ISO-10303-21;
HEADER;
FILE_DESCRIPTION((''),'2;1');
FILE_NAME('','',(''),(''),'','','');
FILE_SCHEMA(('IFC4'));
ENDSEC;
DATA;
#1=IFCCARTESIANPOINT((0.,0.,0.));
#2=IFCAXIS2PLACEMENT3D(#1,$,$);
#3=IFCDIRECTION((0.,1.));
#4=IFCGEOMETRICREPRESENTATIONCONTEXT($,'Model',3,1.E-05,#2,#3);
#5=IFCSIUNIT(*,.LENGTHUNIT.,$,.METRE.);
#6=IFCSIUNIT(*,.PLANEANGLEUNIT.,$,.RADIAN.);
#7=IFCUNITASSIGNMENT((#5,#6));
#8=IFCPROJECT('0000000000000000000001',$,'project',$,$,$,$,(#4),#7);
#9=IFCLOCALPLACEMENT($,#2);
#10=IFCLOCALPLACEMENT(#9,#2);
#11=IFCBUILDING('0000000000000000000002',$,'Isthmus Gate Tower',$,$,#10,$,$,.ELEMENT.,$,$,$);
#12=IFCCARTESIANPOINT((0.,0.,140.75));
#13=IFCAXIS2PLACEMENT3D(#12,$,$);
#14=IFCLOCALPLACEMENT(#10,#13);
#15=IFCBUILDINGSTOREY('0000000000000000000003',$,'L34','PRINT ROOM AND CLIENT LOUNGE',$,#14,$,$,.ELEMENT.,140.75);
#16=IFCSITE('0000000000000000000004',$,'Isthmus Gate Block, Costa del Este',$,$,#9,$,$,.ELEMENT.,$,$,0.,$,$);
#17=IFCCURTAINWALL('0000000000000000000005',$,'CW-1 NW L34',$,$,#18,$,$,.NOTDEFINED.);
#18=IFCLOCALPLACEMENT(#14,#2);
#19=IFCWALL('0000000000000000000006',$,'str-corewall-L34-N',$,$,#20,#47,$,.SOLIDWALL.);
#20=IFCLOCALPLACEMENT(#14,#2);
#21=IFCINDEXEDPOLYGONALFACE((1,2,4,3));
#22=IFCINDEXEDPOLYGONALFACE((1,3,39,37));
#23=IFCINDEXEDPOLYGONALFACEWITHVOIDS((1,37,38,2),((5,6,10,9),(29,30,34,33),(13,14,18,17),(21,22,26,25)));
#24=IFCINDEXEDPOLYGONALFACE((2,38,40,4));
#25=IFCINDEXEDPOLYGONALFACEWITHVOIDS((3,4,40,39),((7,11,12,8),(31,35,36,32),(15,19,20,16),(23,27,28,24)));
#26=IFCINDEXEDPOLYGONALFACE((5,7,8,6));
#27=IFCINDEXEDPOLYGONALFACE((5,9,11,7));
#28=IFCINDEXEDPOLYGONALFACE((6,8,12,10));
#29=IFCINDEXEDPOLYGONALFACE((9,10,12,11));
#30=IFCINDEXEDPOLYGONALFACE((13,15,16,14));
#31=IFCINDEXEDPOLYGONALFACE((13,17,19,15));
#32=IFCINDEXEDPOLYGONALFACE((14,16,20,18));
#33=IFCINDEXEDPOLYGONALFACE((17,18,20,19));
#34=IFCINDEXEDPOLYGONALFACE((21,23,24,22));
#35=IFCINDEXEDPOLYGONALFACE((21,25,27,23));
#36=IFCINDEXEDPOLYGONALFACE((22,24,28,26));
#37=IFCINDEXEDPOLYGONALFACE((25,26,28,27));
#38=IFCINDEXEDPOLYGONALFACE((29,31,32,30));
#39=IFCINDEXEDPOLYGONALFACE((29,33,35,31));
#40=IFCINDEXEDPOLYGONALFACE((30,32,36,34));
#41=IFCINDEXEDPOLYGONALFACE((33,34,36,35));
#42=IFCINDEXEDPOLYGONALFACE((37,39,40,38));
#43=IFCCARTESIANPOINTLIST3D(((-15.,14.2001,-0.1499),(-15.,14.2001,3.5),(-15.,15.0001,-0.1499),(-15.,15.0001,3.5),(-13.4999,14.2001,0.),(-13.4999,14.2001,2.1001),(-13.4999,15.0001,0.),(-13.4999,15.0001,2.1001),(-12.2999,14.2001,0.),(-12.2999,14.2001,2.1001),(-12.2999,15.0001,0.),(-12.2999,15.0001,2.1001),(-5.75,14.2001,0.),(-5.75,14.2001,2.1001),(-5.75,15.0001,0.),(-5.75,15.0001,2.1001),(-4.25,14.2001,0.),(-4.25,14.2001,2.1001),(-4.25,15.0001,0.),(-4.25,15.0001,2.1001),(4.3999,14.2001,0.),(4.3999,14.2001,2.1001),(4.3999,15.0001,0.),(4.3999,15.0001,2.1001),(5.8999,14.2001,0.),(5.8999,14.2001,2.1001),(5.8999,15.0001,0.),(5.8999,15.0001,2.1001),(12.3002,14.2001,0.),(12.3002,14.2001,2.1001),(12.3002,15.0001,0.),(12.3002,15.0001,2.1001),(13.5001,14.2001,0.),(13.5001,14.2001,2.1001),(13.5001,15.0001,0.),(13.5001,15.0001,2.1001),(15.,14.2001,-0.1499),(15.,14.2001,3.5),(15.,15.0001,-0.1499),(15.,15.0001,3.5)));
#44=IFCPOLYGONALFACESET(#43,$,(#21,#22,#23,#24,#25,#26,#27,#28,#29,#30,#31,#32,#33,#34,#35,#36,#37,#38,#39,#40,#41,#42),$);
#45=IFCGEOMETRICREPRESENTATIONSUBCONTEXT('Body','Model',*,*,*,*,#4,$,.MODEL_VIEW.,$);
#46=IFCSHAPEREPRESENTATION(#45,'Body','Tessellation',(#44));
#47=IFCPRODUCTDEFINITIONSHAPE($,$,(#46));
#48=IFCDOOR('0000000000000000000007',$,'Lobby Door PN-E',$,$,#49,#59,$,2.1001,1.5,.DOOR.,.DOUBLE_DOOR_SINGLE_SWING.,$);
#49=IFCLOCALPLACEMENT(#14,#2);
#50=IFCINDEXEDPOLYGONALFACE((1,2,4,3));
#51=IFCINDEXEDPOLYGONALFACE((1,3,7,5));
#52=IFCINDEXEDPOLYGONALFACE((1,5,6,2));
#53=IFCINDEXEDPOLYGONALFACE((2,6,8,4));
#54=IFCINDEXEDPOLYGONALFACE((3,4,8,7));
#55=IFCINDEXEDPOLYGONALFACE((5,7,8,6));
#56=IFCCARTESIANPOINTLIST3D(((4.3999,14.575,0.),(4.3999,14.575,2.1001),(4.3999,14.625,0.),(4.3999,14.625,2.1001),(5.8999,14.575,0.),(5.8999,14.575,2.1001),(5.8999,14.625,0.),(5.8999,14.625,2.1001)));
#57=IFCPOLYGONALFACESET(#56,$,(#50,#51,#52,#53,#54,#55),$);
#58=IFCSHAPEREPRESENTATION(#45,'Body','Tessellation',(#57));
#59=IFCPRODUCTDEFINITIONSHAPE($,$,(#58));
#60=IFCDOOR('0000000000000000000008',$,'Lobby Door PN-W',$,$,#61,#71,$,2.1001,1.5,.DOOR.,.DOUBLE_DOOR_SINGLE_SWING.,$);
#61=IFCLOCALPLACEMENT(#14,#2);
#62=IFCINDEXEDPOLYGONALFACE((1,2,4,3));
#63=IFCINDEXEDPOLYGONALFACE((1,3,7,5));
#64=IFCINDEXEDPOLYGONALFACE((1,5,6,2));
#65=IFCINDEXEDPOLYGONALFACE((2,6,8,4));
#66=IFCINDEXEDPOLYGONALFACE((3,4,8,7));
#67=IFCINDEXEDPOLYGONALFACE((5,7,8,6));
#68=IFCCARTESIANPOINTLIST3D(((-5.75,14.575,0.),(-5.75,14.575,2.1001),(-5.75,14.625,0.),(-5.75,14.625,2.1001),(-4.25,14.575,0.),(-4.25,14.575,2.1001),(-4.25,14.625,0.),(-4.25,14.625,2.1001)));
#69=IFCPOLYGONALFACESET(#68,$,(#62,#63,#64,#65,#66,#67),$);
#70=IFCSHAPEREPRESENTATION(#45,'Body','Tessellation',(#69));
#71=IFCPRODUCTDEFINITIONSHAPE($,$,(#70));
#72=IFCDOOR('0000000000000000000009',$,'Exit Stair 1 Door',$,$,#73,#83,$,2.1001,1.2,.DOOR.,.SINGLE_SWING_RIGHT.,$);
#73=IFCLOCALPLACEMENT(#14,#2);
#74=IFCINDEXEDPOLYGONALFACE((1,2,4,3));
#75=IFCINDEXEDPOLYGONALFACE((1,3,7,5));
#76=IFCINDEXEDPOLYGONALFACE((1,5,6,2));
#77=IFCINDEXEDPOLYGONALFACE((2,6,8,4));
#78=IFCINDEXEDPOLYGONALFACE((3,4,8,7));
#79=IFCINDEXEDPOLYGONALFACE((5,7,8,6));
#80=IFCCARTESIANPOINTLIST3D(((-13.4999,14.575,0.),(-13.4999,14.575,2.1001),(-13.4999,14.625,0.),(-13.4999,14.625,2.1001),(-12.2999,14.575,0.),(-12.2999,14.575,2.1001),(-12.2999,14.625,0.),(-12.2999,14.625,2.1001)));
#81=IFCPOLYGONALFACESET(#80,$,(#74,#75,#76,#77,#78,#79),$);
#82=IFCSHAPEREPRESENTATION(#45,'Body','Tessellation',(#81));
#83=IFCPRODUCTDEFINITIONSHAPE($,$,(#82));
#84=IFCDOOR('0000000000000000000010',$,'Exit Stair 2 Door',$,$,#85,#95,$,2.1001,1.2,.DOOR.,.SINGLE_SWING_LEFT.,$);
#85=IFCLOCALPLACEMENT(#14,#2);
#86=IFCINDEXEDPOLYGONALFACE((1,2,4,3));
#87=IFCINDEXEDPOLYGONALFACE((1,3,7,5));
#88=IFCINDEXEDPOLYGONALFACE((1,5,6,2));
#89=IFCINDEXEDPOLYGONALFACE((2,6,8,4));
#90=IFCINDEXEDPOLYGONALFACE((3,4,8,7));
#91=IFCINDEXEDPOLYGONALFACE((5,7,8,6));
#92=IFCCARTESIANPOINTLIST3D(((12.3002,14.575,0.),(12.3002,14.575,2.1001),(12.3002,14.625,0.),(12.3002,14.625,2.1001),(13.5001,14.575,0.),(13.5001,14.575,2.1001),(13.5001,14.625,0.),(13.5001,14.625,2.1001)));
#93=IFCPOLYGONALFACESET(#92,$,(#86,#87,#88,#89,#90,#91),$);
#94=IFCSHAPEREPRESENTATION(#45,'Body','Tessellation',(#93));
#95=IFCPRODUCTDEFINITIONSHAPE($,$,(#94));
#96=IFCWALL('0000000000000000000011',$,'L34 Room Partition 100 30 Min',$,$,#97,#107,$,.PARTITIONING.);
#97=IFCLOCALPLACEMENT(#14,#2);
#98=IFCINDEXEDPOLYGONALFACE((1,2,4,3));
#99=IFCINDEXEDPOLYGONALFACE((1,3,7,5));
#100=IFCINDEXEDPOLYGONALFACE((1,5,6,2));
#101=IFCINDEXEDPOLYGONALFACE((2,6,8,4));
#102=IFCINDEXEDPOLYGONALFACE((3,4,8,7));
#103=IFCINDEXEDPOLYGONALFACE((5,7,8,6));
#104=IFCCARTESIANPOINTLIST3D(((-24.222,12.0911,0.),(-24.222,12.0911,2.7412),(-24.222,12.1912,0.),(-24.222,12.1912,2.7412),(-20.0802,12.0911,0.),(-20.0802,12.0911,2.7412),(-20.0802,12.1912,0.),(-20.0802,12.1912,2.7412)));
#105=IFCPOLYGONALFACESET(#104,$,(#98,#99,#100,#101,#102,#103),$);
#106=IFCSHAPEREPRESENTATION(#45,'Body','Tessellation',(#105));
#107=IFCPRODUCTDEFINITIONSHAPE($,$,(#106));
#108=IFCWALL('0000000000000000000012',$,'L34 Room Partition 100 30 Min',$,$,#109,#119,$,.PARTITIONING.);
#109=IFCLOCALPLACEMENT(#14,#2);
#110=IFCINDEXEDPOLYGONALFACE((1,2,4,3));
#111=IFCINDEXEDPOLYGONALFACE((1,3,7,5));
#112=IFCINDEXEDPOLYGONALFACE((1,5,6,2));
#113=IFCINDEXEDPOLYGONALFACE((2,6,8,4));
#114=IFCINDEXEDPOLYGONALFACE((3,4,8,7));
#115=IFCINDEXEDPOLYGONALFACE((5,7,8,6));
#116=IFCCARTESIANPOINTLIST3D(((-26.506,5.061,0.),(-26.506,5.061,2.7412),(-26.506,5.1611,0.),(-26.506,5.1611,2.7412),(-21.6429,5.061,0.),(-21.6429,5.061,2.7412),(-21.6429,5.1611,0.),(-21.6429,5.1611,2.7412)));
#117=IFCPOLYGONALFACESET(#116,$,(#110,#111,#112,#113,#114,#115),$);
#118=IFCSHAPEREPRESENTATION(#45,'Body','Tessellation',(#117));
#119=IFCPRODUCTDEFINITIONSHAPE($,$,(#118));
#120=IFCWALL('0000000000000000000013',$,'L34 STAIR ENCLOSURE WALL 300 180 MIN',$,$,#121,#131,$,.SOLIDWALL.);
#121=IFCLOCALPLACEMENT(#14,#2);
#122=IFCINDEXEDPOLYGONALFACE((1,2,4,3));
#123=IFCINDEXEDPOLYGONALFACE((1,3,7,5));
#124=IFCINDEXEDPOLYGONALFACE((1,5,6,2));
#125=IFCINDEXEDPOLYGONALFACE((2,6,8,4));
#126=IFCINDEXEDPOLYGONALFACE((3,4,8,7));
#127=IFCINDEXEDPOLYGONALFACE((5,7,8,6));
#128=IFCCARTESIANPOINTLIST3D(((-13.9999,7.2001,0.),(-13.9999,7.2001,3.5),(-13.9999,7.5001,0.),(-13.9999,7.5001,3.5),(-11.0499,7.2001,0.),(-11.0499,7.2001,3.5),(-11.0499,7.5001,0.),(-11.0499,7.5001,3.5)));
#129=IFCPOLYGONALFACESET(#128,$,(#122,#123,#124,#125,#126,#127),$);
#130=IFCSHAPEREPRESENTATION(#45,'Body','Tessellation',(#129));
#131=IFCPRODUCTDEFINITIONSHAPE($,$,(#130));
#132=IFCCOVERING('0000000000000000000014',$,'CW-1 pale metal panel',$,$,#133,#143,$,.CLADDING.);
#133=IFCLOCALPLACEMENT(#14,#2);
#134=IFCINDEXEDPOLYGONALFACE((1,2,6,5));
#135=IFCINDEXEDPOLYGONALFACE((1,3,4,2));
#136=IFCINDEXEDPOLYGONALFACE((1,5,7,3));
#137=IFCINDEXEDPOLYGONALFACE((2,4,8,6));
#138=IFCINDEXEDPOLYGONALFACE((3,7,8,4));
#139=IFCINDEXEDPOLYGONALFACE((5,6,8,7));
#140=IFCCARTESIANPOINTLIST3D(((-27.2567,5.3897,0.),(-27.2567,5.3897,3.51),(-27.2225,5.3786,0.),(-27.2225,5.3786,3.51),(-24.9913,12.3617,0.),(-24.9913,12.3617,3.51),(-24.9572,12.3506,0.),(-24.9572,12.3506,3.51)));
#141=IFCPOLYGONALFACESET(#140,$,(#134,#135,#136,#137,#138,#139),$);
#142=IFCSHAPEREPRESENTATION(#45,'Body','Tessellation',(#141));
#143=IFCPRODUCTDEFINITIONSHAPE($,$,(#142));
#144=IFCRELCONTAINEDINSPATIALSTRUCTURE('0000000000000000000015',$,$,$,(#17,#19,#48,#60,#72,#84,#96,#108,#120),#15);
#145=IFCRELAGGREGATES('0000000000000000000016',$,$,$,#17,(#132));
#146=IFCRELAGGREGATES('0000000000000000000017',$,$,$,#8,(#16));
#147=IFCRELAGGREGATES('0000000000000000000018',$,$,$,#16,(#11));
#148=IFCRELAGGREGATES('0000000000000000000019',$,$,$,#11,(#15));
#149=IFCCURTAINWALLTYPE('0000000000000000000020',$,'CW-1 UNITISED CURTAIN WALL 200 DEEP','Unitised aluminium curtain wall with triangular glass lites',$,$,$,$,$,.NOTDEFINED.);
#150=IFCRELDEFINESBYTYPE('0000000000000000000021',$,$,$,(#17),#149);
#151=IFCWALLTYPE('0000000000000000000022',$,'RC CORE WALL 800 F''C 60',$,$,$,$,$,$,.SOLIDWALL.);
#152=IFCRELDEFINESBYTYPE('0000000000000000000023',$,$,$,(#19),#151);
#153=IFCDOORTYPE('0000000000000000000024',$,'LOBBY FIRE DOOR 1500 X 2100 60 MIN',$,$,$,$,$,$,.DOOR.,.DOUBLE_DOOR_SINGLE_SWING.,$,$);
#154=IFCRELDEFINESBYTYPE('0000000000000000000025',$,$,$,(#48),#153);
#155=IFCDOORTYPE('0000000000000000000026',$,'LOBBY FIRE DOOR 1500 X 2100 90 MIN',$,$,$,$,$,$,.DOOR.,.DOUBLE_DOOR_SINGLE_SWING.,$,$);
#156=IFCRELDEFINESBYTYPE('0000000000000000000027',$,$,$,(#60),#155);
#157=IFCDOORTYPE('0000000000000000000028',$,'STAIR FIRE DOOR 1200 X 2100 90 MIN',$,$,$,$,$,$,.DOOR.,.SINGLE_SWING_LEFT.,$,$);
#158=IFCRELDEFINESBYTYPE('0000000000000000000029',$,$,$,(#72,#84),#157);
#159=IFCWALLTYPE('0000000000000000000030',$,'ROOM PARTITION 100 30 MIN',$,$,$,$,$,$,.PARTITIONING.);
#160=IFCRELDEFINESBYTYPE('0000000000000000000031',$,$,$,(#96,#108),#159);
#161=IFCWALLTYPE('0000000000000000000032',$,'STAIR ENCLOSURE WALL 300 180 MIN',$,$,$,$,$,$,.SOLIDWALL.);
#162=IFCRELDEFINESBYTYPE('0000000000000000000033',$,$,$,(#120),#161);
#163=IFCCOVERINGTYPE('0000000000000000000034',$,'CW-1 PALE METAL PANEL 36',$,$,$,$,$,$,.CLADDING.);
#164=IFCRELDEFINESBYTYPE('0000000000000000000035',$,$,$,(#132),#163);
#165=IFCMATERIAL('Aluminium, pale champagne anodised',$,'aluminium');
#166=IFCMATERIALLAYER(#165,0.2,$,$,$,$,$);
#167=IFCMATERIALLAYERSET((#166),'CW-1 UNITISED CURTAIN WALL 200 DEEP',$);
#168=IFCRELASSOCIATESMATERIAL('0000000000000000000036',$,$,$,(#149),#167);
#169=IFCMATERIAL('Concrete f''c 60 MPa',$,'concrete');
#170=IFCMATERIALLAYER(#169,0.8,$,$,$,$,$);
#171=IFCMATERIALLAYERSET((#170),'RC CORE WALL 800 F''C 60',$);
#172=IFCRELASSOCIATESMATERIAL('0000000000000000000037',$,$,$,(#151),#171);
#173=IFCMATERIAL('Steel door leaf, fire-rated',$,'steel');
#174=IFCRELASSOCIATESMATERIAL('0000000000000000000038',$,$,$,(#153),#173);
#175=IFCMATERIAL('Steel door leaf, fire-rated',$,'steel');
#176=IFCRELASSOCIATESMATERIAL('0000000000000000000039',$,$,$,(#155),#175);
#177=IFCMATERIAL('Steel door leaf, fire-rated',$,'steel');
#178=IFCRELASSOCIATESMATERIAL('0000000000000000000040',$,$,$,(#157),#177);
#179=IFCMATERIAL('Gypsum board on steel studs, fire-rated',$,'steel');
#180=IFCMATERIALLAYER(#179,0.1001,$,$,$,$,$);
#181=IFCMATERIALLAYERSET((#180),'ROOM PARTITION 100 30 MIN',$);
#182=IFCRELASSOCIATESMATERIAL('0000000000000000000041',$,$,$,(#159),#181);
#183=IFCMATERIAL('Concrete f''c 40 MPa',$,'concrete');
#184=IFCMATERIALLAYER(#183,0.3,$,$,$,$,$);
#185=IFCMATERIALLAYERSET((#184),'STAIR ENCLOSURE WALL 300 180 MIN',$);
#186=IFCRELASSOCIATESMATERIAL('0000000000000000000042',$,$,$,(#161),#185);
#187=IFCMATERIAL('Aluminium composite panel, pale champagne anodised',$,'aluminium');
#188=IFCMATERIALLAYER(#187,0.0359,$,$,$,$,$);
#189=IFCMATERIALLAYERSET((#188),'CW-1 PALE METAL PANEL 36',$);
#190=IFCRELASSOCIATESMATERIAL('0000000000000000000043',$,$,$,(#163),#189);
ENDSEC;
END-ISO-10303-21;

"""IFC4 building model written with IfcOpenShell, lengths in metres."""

from ifc_helpers import new_model, si_unit, direction, frame, frame_2d, origin, origin_2d, place, context, subcontext, project, spatial, rectangle, extrude, material, layer, layer_set, type_object, element, fill, aggregate, save


model = new_model("IFC4")

# Units and contexts
model_context = context("Model", 3, precision=1e-05, world=origin(), true_north=direction((0.0, 1.0)))
body_context = subcontext(model_context, "Body", "Model", "MODEL_VIEW")
ifc_project = project(units=[si_unit("LENGTHUNIT", "METRE"), si_unit("PLANEANGLEUNIT", "RADIAN")], contexts=[model_context])

# Site, building, storey
site_placement = place(None, origin())
site = spatial("IfcSite", under=ifc_project, at=site_placement, Name="Isthmus Gate Block, Costa del Este", CompositionType="ELEMENT", RefElevation=0.0)
building_placement = place(site_placement, origin())
building = spatial("IfcBuilding", under=site, at=building_placement, Name="Isthmus Gate Tower", CompositionType="ELEMENT")
storey_placement = place(building_placement, frame((0.0, 0.0, 140.75)))
storey = spatial("IfcBuildingStorey", under=building, at=storey_placement, Name="L34", Description="PRINT ROOM AND CLIENT LOUNGE", CompositionType="ELEMENT", Elevation=140.75)

# Curtain wall
ifc_material_1 = material(Name="Aluminium, pale champagne anodised", Category="aluminium")
ifc_layer_1 = layer(ifc_material_1, 0.2)
ifc_layer_set_1 = layer_set([ifc_layer_1], Name="CW-1 UNITISED CURTAIN WALL 200 DEEP")
curtain_wall_type = type_object("IfcCurtainWallType", Name="CW-1 UNITISED CURTAIN WALL 200 DEEP", Description="Unitised aluminium curtain wall with triangular glass lites", PredefinedType="NOTDEFINED", material=ifc_layer_set_1)
curtain_wall_placement = place(storey_placement, origin())
curtain_wall = element("IfcCurtainWall", 1, at=curtain_wall_placement, inside=storey, type_object=curtain_wall_type, Name="CW-1 NW L34", PredefinedType="NOTDEFINED")

# Wall, openings, doors
ifc_material_2 = material(Name="Concrete f'c 60 MPa", Category="concrete")
ifc_layer_2 = layer(ifc_material_2, 0.8)
ifc_layer_set_2 = layer_set([ifc_layer_2], Name="RC CORE WALL 800 F'C 60")
wall_type_1 = type_object("IfcWallType", Name="RC CORE WALL 800 F'C 60", PredefinedType="SOLIDWALL", material=ifc_layer_set_2)
wall_1_placement = place(storey_placement, frame((-15.0, 14.6001, -0.1499), z_axis=(0.0, 0.0, 1.0), x_axis=(1.0, 0.0, 0.0)))
wall_1 = element("IfcWall", 2, at=wall_1_placement, inside=storey, type_object=wall_type_1, Name="str-corewall-L34-N", PredefinedType="SOLIDWALL", context=body_context, shape_type="SweptSolid", body=[
    extrude(rectangle(XDim=30.0, YDim=0.8, at=frame_2d((15.0, 0.0))), origin(), (0.0, 0.0, 1.0), 3.6499),
])
opening_1_placement = place(wall_1_placement, frame((9.25, 0.0, 0.1499)))
opening_1 = element("IfcOpeningElement", 3, at=opening_1_placement, cuts=wall_1, PredefinedType="OPENING", context=body_context, shape_type="SweptSolid", body=[
    extrude(rectangle(XDim=1.5, YDim=2.1001, at=frame_2d((0.75, 1.05))), frame((0.0, 0.4099, 0.0), z_axis=(0.0, -1.0, 0.0), x_axis=(1.0, 0.0, 0.0)), (0.0, 0.0, 1.0), 0.8201),
])
opening_2_placement = place(wall_1_placement, frame((19.3999, 0.0, 0.1499)))
opening_2 = element("IfcOpeningElement", 4, at=opening_2_placement, cuts=wall_1, PredefinedType="OPENING", context=body_context, shape_type="SweptSolid", body=[
    extrude(rectangle(XDim=1.5, YDim=2.1001, at=frame_2d((0.75, 1.05))), frame((0.0, 0.4099, 0.0), z_axis=(0.0, -1.0, 0.0), x_axis=(1.0, 0.0, 0.0)), (0.0, 0.0, 1.0), 0.8201),
])
opening_3_placement = place(wall_1_placement, frame((1.5, 0.0, 0.1499)))
opening_3 = element("IfcOpeningElement", 5, at=opening_3_placement, cuts=wall_1, PredefinedType="OPENING", context=body_context, shape_type="SweptSolid", body=[
    extrude(rectangle(XDim=1.2, YDim=2.1001, at=frame_2d((0.6001, 1.05))), frame((0.0, 0.4099, 0.0), z_axis=(0.0, -1.0, 0.0), x_axis=(1.0, 0.0, 0.0)), (0.0, 0.0, 1.0), 0.8201),
])
opening_4_placement = place(wall_1_placement, frame((27.3, 0.0, 0.1499)))
opening_4 = element("IfcOpeningElement", 6, at=opening_4_placement, cuts=wall_1, PredefinedType="OPENING", context=body_context, shape_type="SweptSolid", body=[
    extrude(rectangle(XDim=1.2, YDim=2.1001, at=frame_2d((0.6001, 1.05))), frame((0.0, 0.4099, 0.0), z_axis=(0.0, -1.0, 0.0), x_axis=(1.0, 0.0, 0.0)), (0.0, 0.0, 1.0), 0.8201),
])
ifc_material_3 = material(Name="Steel door leaf, fire-rated", Category="steel")
door_type_1 = type_object("IfcDoorType", Name="LOBBY FIRE DOOR 1500 X 2100 60 MIN", OperationType="DOUBLE_DOOR_SINGLE_SWING", PredefinedType="DOOR", material=ifc_material_3)
door_1_placement = place(opening_2_placement, origin())
door_1 = element("IfcDoor", 7, at=door_1_placement, inside=storey, type_object=door_type_1, Name="Lobby Door PN-E", OperationType="DOUBLE_DOOR_SINGLE_SWING", OverallHeight=2.1001, OverallWidth=1.5, PredefinedType="DOOR", context=body_context, shape_type="SweptSolid", body=[
    extrude(rectangle(XDim=1.5, YDim=2.1001, at=frame_2d((0.75, 1.05))), frame((0.0, 0.0249, 0.0), z_axis=(0.0, -1.0, 0.0), x_axis=(1.0, 0.0, 0.0)), (0.0, 0.0, 1.0), 0.05),
])
fill(opening_2, door_1)
ifc_material_4 = material(Name="Steel door leaf, fire-rated", Category="steel")
door_type_2 = type_object("IfcDoorType", Name="LOBBY FIRE DOOR 1500 X 2100 90 MIN", OperationType="DOUBLE_DOOR_SINGLE_SWING", PredefinedType="DOOR", material=ifc_material_4)
door_2_placement = place(opening_1_placement, origin())
door_2 = element("IfcDoor", 8, at=door_2_placement, inside=storey, type_object=door_type_2, Name="Lobby Door PN-W", OperationType="DOUBLE_DOOR_SINGLE_SWING", OverallHeight=2.1001, OverallWidth=1.5, PredefinedType="DOOR", context=body_context, shape_type="SweptSolid", body=[
    extrude(rectangle(XDim=1.5, YDim=2.1001, at=frame_2d((0.75, 1.05))), frame((0.0, 0.0249, 0.0), z_axis=(0.0, -1.0, 0.0), x_axis=(1.0, 0.0, 0.0)), (0.0, 0.0, 1.0), 0.05),
])
fill(opening_1, door_2)
ifc_material_5 = material(Name="Steel door leaf, fire-rated", Category="steel")
door_type_3 = type_object("IfcDoorType", Name="STAIR FIRE DOOR 1200 X 2100 90 MIN", OperationType="SINGLE_SWING_LEFT", PredefinedType="DOOR", material=ifc_material_5)
door_3_placement = place(opening_3_placement, origin())
door_3 = element("IfcDoor", 9, at=door_3_placement, inside=storey, type_object=door_type_3, Name="Exit Stair 1 Door", OperationType="SINGLE_SWING_RIGHT", OverallHeight=2.1001, OverallWidth=1.2, PredefinedType="DOOR", context=body_context, shape_type="SweptSolid", body=[
    extrude(rectangle(XDim=1.2, YDim=2.1001, at=frame_2d((0.6001, 1.05))), frame((0.0, 0.0249, 0.0), z_axis=(0.0, -1.0, 0.0), x_axis=(1.0, 0.0, 0.0)), (0.0, 0.0, 1.0), 0.05),
])
fill(opening_3, door_3)
door_4_placement = place(opening_4_placement, origin())
door_4 = element("IfcDoor", 10, at=door_4_placement, inside=storey, type_object=door_type_3, Name="Exit Stair 2 Door", OperationType="SINGLE_SWING_LEFT", OverallHeight=2.1001, OverallWidth=1.2, PredefinedType="DOOR", context=body_context, shape_type="SweptSolid", body=[
    extrude(rectangle(XDim=1.2, YDim=2.1001, at=frame_2d((0.6001, 1.05))), frame((0.0, 0.0249, 0.0), z_axis=(0.0, -1.0, 0.0), x_axis=(1.0, 0.0, 0.0)), (0.0, 0.0, 1.0), 0.05),
])
fill(opening_4, door_4)

# Walls
ifc_material_6 = material(Name="Gypsum board on steel studs, fire-rated", Category="steel")
ifc_layer_3 = layer(ifc_material_6, 0.1001)
ifc_layer_set_3 = layer_set([ifc_layer_3], Name="ROOM PARTITION 100 30 MIN")
wall_type_2 = type_object("IfcWallType", Name="ROOM PARTITION 100 30 MIN", PredefinedType="PARTITIONING", material=ifc_layer_set_3)
wall_2_placement = place(storey_placement, frame((-24.2219, 12.1411, 0.0), z_axis=(0.0, 0.0, 1.0), x_axis=(1.0, 0.0, 0.0)))
element("IfcWall", 11, at=wall_2_placement, inside=storey, type_object=wall_type_2, Name="L34 Room Partition 100 30 Min", PredefinedType="PARTITIONING", context=body_context, shape_type="SweptSolid", body=[
    extrude(rectangle(XDim=4.1418, YDim=0.1001, at=frame_2d((2.0708, 0.0))), origin(), (0.0, 0.0, 1.0), 2.7412),
])
wall_3_placement = place(storey_placement, frame((-26.5061, 5.1111, 0.0), z_axis=(0.0, 0.0, 1.0), x_axis=(1.0, 0.0, 0.0)))
element("IfcWall", 12, at=wall_3_placement, inside=storey, type_object=wall_type_2, Name="L34 Room Partition 100 30 Min", PredefinedType="PARTITIONING", context=body_context, shape_type="SweptSolid", body=[
    extrude(rectangle(XDim=4.863, YDim=0.1001, at=frame_2d((2.4316, 0.0))), origin(), (0.0, 0.0, 1.0), 2.7412),
])
ifc_material_7 = material(Name="Concrete f'c 40 MPa", Category="concrete")
ifc_layer_4 = layer(ifc_material_7, 0.3)
ifc_layer_set_4 = layer_set([ifc_layer_4], Name="STAIR ENCLOSURE WALL 300 180 MIN")
wall_type_3 = type_object("IfcWallType", Name="STAIR ENCLOSURE WALL 300 180 MIN", PredefinedType="SOLIDWALL", material=ifc_layer_set_4)
wall_4_placement = place(storey_placement, frame((-14.0, 7.3501, 0.0), z_axis=(0.0, 0.0, 1.0), x_axis=(1.0, 0.0, 0.0)))
element("IfcWall", 13, at=wall_4_placement, inside=storey, type_object=wall_type_3, Name="L34 STAIR ENCLOSURE WALL 300 180 MIN", PredefinedType="SOLIDWALL", context=body_context, shape_type="SweptSolid", body=[
    extrude(rectangle(XDim=2.95, YDim=0.3, at=frame_2d((1.4751, 0.0))), origin(), (0.0, 0.0, 1.0), 3.5),
])

# Covering
ifc_material_8 = material(Name="Aluminium composite panel, pale champagne anodised", Category="aluminium")
ifc_layer_5 = layer(ifc_material_8, 0.0359)
ifc_layer_set_5 = layer_set([ifc_layer_5], Name="CW-1 PALE METAL PANEL 36")
covering_type = type_object("IfcCoveringType", Name="CW-1 PALE METAL PANEL 36", PredefinedType="CLADDING", material=ifc_layer_set_5)
covering_placement = place(storey_placement, frame((-26.1069, 8.8701, 0.0), z_axis=(0.0, 0.0, 1.0), x_axis=(-0.309017, -0.951057, 0.0)))
covering = element("IfcCovering", 14, at=covering_placement, type_object=covering_type, Name="CW-1 pale metal panel", PredefinedType="CLADDING", context=body_context, shape_type="SweptSolid", body=[
    extrude(rectangle(XDim=7.3308, YDim=0.0359, at=origin_2d()), origin(), (0.0, 0.0, 1.0), 3.51),
])
aggregate(curtain_wall, [covering])

save(model, "model.ifc")
